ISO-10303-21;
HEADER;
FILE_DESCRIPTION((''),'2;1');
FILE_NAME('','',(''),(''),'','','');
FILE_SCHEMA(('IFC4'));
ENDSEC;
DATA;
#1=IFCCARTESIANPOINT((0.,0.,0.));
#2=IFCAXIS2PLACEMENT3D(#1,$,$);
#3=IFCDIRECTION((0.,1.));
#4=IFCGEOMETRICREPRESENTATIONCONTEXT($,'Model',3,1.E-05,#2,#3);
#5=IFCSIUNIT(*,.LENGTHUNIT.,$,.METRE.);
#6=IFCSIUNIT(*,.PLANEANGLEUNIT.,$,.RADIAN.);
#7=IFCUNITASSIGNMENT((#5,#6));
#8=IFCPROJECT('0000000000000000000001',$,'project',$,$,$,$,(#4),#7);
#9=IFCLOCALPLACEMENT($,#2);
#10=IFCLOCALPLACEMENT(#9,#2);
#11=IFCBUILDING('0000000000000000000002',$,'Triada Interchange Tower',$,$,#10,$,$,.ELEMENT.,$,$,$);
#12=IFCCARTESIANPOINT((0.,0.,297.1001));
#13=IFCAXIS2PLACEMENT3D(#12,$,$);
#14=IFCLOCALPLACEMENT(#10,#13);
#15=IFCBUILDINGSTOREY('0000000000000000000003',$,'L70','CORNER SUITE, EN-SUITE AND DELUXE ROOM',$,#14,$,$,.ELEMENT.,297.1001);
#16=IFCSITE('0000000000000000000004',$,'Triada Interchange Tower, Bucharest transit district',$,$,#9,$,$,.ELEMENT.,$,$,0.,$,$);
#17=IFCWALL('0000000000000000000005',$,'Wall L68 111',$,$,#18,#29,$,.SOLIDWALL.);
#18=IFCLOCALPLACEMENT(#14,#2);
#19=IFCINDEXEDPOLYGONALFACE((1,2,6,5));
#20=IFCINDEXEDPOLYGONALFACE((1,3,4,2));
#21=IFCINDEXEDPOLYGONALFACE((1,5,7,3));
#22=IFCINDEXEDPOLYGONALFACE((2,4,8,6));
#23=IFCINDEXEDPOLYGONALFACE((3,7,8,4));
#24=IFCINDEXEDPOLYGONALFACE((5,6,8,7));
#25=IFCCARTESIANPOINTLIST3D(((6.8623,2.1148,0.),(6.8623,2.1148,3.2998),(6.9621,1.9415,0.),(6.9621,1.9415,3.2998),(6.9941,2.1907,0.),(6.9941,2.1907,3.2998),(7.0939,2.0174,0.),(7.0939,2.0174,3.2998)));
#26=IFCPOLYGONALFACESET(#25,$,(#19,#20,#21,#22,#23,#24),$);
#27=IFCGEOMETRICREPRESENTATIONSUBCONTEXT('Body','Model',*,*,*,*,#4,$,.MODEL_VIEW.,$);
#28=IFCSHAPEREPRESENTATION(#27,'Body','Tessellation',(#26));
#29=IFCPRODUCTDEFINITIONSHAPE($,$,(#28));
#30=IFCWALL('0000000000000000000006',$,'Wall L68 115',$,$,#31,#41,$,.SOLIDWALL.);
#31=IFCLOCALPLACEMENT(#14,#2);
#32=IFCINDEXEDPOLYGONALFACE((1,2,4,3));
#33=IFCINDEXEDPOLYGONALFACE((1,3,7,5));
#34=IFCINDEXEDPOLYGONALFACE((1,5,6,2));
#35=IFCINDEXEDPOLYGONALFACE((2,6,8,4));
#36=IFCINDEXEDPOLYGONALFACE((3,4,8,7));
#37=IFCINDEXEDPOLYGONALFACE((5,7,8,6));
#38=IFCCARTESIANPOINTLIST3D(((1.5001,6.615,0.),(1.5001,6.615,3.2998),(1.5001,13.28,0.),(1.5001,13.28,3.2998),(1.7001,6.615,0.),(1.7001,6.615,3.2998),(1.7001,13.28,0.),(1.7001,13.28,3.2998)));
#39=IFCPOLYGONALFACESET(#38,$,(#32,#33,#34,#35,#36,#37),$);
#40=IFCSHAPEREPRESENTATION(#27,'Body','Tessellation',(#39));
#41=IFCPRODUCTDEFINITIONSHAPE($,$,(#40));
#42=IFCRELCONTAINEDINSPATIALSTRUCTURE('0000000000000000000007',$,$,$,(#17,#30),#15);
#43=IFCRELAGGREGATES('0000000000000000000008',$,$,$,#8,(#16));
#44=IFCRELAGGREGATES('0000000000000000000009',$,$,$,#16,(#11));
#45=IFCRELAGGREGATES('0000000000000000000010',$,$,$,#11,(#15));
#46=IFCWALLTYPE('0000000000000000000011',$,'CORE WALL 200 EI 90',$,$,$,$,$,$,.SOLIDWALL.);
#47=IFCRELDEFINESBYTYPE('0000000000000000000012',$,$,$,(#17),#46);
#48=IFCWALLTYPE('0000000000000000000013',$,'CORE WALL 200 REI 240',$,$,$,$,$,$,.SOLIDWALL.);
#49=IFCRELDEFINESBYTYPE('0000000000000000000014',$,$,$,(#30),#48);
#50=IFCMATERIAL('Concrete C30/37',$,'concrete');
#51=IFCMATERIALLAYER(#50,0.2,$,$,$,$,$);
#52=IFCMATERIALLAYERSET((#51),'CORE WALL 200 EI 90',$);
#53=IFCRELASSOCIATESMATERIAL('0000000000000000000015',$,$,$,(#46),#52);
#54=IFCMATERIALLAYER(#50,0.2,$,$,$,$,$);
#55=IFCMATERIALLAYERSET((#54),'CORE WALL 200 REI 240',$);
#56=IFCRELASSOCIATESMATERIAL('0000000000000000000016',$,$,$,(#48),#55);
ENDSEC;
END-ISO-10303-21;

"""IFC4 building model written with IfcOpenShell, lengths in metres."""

from ifc_helpers import new_model, si_unit, direction, frame, frame_2d, origin, place, context, subcontext, project, spatial, rectangle, extrude, material, layer, layer_set, type_object, element, save


model = new_model("IFC4")

# Units and contexts
model_context = context("Model", 3, precision=1e-05, world=origin(), true_north=direction((0.0, 1.0)))
body_context = subcontext(model_context, "Body", "Model", "MODEL_VIEW")
ifc_project = project(units=[si_unit("LENGTHUNIT", "METRE"), si_unit("PLANEANGLEUNIT", "RADIAN")], contexts=[model_context])

# Site, building, storey
site_placement = place(None, origin())
site = spatial("IfcSite", under=ifc_project, at=site_placement, Name="Triada Interchange Tower, Bucharest transit district", CompositionType="ELEMENT", RefElevation=0.0)
building_placement = place(site_placement, origin())
building = spatial("IfcBuilding", under=site, at=building_placement, Name="Triada Interchange Tower", CompositionType="ELEMENT")
storey_placement = place(building_placement, frame((0.0, 0.0, 297.1001)))
storey = spatial("IfcBuildingStorey", under=building, at=storey_placement, Name="L70", Description="CORNER SUITE, EN-SUITE AND DELUXE ROOM", CompositionType="ELEMENT", Elevation=297.1001)

# Shared definitions
ifc_material_1 = material(Name="Concrete C30/37", Category="concrete")

# Walls
ifc_layer_1 = layer(ifc_material_1, 0.2)
ifc_layer_set_1 = layer_set([ifc_layer_1], Name="CORE WALL 200 EI 90")
wall_type_1 = type_object("IfcWallType", Name="CORE WALL 200 EI 90", PredefinedType="SOLIDWALL", material=ifc_layer_set_1)
wall_1_placement = place(storey_placement, frame((6.9121, 2.0281, 0.0), z_axis=(0.0, 0.0, 1.0), x_axis=(0.866559, 0.499074, 0.0)))
element("IfcWall", 1, at=wall_1_placement, inside=storey, type_object=wall_type_1, Name="Wall L68 111", PredefinedType="SOLIDWALL", context=body_context, shape_type="SweptSolid", body=[
    extrude(rectangle(XDim=0.1521, YDim=0.2, at=frame_2d((0.0762, 0.0))), origin(), (0.0, 0.0, 1.0), 3.2998),
])
ifc_layer_2 = layer(ifc_material_1, 0.2)
ifc_layer_set_2 = layer_set([ifc_layer_2], Name="CORE WALL 200 REI 240")
wall_type_2 = type_object("IfcWallType", Name="CORE WALL 200 REI 240", PredefinedType="SOLIDWALL", material=ifc_layer_set_2)
wall_2_placement = place(storey_placement, frame((1.6001, 6.615, 0.0), z_axis=(0.0, 0.0, 1.0), x_axis=(0.0, 1.0, 0.0)))
element("IfcWall", 2, at=wall_2_placement, inside=storey, type_object=wall_type_2, Name="Wall L68 115", PredefinedType="SOLIDWALL", context=body_context, shape_type="SweptSolid", body=[
    extrude(rectangle(XDim=6.665, YDim=0.2, at=frame_2d((3.3325, 0.0))), origin(), (0.0, 0.0, 1.0), 3.2998),
])

save(model, "model.ifc")
